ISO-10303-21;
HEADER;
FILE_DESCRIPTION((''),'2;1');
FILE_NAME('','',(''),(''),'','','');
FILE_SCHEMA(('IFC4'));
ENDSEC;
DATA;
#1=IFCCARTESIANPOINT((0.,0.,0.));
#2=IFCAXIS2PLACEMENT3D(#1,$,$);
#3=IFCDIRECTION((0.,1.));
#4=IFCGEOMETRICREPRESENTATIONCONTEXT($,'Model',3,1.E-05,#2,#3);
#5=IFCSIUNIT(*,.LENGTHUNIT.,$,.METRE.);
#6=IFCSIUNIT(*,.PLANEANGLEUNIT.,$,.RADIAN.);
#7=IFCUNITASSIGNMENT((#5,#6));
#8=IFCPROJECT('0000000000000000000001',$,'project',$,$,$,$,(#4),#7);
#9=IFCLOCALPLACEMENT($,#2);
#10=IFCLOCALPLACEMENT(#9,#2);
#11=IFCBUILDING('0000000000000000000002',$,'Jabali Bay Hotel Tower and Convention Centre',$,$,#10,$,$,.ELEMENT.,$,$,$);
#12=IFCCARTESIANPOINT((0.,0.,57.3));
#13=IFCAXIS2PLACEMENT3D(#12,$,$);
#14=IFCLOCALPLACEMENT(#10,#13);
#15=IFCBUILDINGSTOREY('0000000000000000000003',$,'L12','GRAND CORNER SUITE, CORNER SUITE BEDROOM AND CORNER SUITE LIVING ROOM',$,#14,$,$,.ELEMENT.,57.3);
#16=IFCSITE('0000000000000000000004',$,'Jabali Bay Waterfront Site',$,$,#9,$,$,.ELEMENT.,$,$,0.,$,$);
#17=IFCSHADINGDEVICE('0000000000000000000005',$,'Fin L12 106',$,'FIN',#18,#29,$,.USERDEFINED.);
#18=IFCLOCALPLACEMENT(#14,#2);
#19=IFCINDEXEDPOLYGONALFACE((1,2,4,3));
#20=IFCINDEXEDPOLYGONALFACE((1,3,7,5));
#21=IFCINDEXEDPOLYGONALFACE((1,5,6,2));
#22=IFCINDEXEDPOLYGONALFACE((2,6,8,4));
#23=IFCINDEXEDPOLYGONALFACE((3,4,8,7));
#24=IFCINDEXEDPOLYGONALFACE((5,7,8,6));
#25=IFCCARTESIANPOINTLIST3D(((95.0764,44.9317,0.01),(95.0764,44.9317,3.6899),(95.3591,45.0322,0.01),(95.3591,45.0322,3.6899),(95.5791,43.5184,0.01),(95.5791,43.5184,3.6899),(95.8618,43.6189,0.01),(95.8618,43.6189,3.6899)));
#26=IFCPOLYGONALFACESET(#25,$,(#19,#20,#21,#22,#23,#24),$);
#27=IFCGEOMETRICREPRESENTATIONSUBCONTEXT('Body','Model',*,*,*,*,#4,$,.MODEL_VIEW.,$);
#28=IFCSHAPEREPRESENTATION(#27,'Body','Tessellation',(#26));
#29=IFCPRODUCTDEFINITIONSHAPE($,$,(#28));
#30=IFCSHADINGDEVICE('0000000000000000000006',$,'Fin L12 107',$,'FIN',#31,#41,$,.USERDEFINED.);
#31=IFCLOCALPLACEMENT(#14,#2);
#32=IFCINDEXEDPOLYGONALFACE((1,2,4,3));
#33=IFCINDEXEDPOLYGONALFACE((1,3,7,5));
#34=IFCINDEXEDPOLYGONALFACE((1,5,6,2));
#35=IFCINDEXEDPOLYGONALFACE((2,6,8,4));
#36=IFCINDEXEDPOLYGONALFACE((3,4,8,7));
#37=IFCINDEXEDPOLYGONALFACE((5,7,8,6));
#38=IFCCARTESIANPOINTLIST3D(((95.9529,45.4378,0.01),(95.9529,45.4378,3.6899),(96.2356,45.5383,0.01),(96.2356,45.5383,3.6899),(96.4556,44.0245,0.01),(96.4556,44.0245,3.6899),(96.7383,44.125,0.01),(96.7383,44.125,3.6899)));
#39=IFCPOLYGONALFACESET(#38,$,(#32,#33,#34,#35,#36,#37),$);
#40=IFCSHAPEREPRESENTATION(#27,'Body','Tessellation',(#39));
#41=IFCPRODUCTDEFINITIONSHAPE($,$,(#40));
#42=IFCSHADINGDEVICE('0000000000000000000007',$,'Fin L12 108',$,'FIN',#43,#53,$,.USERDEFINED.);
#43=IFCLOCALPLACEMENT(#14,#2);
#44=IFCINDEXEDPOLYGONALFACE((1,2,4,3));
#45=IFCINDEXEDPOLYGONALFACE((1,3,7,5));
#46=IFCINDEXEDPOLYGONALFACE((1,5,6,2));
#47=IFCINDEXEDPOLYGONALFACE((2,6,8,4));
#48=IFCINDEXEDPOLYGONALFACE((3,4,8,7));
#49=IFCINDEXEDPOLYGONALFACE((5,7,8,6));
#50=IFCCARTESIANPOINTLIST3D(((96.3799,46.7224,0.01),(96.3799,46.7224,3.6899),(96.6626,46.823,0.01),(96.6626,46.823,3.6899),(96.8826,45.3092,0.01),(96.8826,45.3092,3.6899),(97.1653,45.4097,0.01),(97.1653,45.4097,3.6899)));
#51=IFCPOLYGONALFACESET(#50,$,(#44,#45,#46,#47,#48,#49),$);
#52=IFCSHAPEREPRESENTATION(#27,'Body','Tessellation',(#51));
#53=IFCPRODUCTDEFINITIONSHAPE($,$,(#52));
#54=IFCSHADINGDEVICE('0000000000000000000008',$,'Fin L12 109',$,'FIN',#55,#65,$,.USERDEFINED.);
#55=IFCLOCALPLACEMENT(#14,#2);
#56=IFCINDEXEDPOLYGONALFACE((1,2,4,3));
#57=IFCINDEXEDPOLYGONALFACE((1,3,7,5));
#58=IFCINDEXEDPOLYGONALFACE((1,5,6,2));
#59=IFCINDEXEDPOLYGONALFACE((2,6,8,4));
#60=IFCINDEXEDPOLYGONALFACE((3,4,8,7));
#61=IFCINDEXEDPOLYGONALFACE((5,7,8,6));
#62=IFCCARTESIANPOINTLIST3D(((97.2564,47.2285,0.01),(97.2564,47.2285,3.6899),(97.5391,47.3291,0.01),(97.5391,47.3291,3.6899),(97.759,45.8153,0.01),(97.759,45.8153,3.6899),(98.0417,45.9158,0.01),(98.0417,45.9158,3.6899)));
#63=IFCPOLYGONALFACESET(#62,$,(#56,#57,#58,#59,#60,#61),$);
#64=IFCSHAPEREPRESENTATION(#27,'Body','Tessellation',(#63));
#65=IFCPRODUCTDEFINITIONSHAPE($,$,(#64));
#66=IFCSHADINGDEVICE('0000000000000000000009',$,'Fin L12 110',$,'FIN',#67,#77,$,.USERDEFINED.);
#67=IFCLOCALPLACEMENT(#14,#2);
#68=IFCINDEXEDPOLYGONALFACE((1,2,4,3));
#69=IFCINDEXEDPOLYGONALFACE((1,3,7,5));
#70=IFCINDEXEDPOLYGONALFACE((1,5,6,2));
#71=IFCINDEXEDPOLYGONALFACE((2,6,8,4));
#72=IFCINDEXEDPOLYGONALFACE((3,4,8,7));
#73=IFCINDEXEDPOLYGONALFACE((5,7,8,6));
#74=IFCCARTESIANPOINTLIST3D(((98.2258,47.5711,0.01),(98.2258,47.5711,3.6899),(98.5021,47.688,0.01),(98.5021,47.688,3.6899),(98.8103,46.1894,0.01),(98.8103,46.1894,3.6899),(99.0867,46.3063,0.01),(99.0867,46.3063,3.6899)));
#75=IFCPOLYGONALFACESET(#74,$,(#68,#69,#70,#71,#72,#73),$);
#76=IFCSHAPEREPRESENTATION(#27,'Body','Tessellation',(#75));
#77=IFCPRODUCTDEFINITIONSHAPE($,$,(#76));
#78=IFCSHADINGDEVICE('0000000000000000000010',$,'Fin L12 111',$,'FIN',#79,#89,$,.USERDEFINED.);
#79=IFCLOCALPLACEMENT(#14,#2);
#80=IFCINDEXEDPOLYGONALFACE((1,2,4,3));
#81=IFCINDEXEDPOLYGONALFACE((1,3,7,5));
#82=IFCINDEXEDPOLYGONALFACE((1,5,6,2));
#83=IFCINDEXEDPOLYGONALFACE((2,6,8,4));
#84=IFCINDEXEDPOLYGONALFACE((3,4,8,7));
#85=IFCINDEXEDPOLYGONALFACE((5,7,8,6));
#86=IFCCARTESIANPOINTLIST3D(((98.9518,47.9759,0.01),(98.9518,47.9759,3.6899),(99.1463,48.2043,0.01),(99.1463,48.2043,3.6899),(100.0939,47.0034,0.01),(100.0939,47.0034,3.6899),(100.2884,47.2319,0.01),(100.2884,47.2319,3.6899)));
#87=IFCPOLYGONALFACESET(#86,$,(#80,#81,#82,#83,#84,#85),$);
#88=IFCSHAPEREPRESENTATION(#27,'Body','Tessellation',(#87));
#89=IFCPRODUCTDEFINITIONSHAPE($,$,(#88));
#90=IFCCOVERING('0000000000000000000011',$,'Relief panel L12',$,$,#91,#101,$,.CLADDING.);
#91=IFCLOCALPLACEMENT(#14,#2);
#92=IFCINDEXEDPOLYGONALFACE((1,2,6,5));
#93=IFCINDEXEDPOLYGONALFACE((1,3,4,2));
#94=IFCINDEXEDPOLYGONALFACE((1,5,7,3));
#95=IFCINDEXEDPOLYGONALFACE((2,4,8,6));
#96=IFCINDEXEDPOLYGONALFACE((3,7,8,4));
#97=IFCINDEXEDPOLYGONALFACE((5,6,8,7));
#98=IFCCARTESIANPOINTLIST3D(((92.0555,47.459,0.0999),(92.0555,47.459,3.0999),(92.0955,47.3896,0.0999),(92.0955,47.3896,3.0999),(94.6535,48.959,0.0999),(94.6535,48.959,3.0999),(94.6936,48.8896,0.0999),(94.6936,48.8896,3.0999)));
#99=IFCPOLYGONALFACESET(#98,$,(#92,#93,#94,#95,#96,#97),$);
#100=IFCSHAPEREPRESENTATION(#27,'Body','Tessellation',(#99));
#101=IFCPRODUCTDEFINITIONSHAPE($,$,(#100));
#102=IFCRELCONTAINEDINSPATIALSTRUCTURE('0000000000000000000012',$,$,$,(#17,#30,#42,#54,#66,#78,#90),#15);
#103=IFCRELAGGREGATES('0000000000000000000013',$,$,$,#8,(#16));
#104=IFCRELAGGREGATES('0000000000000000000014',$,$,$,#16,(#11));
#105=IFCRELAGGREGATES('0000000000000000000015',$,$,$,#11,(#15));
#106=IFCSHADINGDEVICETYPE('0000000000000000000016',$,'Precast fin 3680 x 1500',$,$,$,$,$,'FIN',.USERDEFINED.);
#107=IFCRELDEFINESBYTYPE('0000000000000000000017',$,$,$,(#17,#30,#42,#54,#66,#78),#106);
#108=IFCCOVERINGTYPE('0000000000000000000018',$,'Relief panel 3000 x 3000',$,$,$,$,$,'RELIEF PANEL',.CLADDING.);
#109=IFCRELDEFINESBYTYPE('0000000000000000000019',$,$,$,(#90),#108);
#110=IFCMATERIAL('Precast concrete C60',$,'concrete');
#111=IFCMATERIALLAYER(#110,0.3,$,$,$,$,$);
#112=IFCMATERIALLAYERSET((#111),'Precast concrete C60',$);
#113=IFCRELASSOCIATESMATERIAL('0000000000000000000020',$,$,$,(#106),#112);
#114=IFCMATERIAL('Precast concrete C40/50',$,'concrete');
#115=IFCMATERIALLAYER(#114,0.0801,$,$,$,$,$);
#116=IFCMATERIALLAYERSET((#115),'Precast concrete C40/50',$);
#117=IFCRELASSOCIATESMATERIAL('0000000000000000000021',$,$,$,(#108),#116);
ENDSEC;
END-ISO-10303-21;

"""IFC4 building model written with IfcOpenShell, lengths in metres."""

from ifc_helpers import new_model, si_unit, direction, frame, frame_2d, origin, origin_2d, place, context, subcontext, project, spatial, rectangle, extrude, material, layer, layer_set, type_object, element, save


model = new_model("IFC4")

# Units and contexts
model_context = context("Model", 3, precision=1e-05, world=origin(), true_north=direction((0.0, 1.0)))
body_context = subcontext(model_context, "Body", "Model", "MODEL_VIEW")
ifc_project = project(units=[si_unit("LENGTHUNIT", "METRE"), si_unit("PLANEANGLEUNIT", "RADIAN")], contexts=[model_context])

# Site, building, storey
site_placement = place(None, origin())
site = spatial("IfcSite", under=ifc_project, at=site_placement, Name="Jabali Bay Waterfront Site", CompositionType="ELEMENT", RefElevation=0.0)
building_placement = place(site_placement, origin())
building = spatial("IfcBuilding", under=site, at=building_placement, Name="Jabali Bay Hotel Tower and Convention Centre", CompositionType="ELEMENT")
storey_placement = place(building_placement, frame((0.0, 0.0, 57.3)))
storey = spatial("IfcBuildingStorey", under=building, at=storey_placement, Name="L12", Description="GRAND CORNER SUITE, CORNER SUITE BEDROOM AND CORNER SUITE LIVING ROOM", CompositionType="ELEMENT", Elevation=57.3)

# Shading devices
ifc_material_1 = material(Name="Precast concrete C60", Category="concrete")
ifc_layer_1 = layer(ifc_material_1, 0.3)
ifc_layer_set_1 = layer_set([ifc_layer_1], Name="Precast concrete C60")
shading_device_type = type_object("IfcShadingDeviceType", Name="Precast fin 3680 x 1500", ElementType="FIN", PredefinedType="USERDEFINED", material=ifc_layer_set_1)
for number, where, z_axis, x_axis, name in (
    (1, (95.2178, 44.9819, 0.01), (0.0, 0.0, 1.0), (0.335109, -0.942179, 0.0), "Fin L12 106"),
    (2, (96.0942, 45.488, 0.01), (0.0, 0.0, 1.0), (0.335109, -0.942179, 0.0), "Fin L12 107"),
    (3, (96.5212, 46.7727, 0.01), (0.0, 0.0, 1.0), (0.335109, -0.942179, 0.0), "Fin L12 108"),
    (4, (97.3977, 47.2788, 0.01), (0.0, 0.0, 1.0), (0.335109, -0.942179, 0.0), "Fin L12 109"),
):
    element("IfcShadingDevice", number, at=place(storey_placement, frame(where, z_axis=z_axis, x_axis=x_axis)), inside=storey, type_object=shading_device_type, Name=name, ObjectType="FIN", PredefinedType="USERDEFINED", context=body_context, shape_type="SweptSolid", body=[
        extrude(rectangle(XDim=1.5, YDim=0.3, at=frame_2d((0.75, 0.0))), origin(), (0.0, 0.0, 1.0), 3.6799),
    ])
shading_device_1_placement = place(storey_placement, frame((98.364, 47.6294, 0.01), z_axis=(0.0, 0.0, 1.0), x_axis=(0.389613, -0.920978, 0.0)))
element("IfcShadingDevice", 5, at=shading_device_1_placement, inside=storey, type_object=shading_device_type, Name="Fin L12 110", ObjectType="FIN", PredefinedType="USERDEFINED", context=body_context, shape_type="SweptSolid", body=[
    extrude(rectangle(XDim=1.5002, YDim=0.3, at=frame_2d((0.75, 0.0))), origin(), (0.0, 0.0, 1.0), 3.6799),
])
shading_device_2_placement = place(storey_placement, frame((99.0491, 48.0901, 0.01), z_axis=(0.0, 0.0, 1.0), x_axis=(0.761401, -0.648281, 0.0)))
element("IfcShadingDevice", 6, at=shading_device_2_placement, inside=storey, type_object=shading_device_type, Name="Fin L12 111", ObjectType="FIN", PredefinedType="USERDEFINED", context=body_context, shape_type="SweptSolid", body=[
    extrude(rectangle(XDim=1.5, YDim=0.3, at=frame_2d((0.75, 0.0))), origin(), (0.0, 0.0, 1.0), 3.6799),
])

# Covering
ifc_material_2 = material(Name="Precast concrete C40/50", Category="concrete")
ifc_layer_2 = layer(ifc_material_2, 0.0801)
ifc_layer_set_2 = layer_set([ifc_layer_2], Name="Precast concrete C40/50")
covering_type = type_object("IfcCoveringType", Name="Relief panel 3000 x 3000", ElementType="RELIEF PANEL", PredefinedType="CLADDING", material=ifc_layer_set_2)
covering_placement = place(storey_placement, frame((93.3745, 48.1743, 0.0999), z_axis=(0.0, 0.0, 1.0), x_axis=(-0.866025, -0.5, 0.0)))
element("IfcCovering", 7, at=covering_placement, inside=storey, type_object=covering_type, Name="Relief panel L12", PredefinedType="CLADDING", context=body_context, shape_type="SweptSolid", body=[
    extrude(rectangle(XDim=3.0, YDim=0.0801, at=origin_2d()), origin(), (0.0, 0.0, 1.0), 3.0),
])

save(model, "model.ifc")
